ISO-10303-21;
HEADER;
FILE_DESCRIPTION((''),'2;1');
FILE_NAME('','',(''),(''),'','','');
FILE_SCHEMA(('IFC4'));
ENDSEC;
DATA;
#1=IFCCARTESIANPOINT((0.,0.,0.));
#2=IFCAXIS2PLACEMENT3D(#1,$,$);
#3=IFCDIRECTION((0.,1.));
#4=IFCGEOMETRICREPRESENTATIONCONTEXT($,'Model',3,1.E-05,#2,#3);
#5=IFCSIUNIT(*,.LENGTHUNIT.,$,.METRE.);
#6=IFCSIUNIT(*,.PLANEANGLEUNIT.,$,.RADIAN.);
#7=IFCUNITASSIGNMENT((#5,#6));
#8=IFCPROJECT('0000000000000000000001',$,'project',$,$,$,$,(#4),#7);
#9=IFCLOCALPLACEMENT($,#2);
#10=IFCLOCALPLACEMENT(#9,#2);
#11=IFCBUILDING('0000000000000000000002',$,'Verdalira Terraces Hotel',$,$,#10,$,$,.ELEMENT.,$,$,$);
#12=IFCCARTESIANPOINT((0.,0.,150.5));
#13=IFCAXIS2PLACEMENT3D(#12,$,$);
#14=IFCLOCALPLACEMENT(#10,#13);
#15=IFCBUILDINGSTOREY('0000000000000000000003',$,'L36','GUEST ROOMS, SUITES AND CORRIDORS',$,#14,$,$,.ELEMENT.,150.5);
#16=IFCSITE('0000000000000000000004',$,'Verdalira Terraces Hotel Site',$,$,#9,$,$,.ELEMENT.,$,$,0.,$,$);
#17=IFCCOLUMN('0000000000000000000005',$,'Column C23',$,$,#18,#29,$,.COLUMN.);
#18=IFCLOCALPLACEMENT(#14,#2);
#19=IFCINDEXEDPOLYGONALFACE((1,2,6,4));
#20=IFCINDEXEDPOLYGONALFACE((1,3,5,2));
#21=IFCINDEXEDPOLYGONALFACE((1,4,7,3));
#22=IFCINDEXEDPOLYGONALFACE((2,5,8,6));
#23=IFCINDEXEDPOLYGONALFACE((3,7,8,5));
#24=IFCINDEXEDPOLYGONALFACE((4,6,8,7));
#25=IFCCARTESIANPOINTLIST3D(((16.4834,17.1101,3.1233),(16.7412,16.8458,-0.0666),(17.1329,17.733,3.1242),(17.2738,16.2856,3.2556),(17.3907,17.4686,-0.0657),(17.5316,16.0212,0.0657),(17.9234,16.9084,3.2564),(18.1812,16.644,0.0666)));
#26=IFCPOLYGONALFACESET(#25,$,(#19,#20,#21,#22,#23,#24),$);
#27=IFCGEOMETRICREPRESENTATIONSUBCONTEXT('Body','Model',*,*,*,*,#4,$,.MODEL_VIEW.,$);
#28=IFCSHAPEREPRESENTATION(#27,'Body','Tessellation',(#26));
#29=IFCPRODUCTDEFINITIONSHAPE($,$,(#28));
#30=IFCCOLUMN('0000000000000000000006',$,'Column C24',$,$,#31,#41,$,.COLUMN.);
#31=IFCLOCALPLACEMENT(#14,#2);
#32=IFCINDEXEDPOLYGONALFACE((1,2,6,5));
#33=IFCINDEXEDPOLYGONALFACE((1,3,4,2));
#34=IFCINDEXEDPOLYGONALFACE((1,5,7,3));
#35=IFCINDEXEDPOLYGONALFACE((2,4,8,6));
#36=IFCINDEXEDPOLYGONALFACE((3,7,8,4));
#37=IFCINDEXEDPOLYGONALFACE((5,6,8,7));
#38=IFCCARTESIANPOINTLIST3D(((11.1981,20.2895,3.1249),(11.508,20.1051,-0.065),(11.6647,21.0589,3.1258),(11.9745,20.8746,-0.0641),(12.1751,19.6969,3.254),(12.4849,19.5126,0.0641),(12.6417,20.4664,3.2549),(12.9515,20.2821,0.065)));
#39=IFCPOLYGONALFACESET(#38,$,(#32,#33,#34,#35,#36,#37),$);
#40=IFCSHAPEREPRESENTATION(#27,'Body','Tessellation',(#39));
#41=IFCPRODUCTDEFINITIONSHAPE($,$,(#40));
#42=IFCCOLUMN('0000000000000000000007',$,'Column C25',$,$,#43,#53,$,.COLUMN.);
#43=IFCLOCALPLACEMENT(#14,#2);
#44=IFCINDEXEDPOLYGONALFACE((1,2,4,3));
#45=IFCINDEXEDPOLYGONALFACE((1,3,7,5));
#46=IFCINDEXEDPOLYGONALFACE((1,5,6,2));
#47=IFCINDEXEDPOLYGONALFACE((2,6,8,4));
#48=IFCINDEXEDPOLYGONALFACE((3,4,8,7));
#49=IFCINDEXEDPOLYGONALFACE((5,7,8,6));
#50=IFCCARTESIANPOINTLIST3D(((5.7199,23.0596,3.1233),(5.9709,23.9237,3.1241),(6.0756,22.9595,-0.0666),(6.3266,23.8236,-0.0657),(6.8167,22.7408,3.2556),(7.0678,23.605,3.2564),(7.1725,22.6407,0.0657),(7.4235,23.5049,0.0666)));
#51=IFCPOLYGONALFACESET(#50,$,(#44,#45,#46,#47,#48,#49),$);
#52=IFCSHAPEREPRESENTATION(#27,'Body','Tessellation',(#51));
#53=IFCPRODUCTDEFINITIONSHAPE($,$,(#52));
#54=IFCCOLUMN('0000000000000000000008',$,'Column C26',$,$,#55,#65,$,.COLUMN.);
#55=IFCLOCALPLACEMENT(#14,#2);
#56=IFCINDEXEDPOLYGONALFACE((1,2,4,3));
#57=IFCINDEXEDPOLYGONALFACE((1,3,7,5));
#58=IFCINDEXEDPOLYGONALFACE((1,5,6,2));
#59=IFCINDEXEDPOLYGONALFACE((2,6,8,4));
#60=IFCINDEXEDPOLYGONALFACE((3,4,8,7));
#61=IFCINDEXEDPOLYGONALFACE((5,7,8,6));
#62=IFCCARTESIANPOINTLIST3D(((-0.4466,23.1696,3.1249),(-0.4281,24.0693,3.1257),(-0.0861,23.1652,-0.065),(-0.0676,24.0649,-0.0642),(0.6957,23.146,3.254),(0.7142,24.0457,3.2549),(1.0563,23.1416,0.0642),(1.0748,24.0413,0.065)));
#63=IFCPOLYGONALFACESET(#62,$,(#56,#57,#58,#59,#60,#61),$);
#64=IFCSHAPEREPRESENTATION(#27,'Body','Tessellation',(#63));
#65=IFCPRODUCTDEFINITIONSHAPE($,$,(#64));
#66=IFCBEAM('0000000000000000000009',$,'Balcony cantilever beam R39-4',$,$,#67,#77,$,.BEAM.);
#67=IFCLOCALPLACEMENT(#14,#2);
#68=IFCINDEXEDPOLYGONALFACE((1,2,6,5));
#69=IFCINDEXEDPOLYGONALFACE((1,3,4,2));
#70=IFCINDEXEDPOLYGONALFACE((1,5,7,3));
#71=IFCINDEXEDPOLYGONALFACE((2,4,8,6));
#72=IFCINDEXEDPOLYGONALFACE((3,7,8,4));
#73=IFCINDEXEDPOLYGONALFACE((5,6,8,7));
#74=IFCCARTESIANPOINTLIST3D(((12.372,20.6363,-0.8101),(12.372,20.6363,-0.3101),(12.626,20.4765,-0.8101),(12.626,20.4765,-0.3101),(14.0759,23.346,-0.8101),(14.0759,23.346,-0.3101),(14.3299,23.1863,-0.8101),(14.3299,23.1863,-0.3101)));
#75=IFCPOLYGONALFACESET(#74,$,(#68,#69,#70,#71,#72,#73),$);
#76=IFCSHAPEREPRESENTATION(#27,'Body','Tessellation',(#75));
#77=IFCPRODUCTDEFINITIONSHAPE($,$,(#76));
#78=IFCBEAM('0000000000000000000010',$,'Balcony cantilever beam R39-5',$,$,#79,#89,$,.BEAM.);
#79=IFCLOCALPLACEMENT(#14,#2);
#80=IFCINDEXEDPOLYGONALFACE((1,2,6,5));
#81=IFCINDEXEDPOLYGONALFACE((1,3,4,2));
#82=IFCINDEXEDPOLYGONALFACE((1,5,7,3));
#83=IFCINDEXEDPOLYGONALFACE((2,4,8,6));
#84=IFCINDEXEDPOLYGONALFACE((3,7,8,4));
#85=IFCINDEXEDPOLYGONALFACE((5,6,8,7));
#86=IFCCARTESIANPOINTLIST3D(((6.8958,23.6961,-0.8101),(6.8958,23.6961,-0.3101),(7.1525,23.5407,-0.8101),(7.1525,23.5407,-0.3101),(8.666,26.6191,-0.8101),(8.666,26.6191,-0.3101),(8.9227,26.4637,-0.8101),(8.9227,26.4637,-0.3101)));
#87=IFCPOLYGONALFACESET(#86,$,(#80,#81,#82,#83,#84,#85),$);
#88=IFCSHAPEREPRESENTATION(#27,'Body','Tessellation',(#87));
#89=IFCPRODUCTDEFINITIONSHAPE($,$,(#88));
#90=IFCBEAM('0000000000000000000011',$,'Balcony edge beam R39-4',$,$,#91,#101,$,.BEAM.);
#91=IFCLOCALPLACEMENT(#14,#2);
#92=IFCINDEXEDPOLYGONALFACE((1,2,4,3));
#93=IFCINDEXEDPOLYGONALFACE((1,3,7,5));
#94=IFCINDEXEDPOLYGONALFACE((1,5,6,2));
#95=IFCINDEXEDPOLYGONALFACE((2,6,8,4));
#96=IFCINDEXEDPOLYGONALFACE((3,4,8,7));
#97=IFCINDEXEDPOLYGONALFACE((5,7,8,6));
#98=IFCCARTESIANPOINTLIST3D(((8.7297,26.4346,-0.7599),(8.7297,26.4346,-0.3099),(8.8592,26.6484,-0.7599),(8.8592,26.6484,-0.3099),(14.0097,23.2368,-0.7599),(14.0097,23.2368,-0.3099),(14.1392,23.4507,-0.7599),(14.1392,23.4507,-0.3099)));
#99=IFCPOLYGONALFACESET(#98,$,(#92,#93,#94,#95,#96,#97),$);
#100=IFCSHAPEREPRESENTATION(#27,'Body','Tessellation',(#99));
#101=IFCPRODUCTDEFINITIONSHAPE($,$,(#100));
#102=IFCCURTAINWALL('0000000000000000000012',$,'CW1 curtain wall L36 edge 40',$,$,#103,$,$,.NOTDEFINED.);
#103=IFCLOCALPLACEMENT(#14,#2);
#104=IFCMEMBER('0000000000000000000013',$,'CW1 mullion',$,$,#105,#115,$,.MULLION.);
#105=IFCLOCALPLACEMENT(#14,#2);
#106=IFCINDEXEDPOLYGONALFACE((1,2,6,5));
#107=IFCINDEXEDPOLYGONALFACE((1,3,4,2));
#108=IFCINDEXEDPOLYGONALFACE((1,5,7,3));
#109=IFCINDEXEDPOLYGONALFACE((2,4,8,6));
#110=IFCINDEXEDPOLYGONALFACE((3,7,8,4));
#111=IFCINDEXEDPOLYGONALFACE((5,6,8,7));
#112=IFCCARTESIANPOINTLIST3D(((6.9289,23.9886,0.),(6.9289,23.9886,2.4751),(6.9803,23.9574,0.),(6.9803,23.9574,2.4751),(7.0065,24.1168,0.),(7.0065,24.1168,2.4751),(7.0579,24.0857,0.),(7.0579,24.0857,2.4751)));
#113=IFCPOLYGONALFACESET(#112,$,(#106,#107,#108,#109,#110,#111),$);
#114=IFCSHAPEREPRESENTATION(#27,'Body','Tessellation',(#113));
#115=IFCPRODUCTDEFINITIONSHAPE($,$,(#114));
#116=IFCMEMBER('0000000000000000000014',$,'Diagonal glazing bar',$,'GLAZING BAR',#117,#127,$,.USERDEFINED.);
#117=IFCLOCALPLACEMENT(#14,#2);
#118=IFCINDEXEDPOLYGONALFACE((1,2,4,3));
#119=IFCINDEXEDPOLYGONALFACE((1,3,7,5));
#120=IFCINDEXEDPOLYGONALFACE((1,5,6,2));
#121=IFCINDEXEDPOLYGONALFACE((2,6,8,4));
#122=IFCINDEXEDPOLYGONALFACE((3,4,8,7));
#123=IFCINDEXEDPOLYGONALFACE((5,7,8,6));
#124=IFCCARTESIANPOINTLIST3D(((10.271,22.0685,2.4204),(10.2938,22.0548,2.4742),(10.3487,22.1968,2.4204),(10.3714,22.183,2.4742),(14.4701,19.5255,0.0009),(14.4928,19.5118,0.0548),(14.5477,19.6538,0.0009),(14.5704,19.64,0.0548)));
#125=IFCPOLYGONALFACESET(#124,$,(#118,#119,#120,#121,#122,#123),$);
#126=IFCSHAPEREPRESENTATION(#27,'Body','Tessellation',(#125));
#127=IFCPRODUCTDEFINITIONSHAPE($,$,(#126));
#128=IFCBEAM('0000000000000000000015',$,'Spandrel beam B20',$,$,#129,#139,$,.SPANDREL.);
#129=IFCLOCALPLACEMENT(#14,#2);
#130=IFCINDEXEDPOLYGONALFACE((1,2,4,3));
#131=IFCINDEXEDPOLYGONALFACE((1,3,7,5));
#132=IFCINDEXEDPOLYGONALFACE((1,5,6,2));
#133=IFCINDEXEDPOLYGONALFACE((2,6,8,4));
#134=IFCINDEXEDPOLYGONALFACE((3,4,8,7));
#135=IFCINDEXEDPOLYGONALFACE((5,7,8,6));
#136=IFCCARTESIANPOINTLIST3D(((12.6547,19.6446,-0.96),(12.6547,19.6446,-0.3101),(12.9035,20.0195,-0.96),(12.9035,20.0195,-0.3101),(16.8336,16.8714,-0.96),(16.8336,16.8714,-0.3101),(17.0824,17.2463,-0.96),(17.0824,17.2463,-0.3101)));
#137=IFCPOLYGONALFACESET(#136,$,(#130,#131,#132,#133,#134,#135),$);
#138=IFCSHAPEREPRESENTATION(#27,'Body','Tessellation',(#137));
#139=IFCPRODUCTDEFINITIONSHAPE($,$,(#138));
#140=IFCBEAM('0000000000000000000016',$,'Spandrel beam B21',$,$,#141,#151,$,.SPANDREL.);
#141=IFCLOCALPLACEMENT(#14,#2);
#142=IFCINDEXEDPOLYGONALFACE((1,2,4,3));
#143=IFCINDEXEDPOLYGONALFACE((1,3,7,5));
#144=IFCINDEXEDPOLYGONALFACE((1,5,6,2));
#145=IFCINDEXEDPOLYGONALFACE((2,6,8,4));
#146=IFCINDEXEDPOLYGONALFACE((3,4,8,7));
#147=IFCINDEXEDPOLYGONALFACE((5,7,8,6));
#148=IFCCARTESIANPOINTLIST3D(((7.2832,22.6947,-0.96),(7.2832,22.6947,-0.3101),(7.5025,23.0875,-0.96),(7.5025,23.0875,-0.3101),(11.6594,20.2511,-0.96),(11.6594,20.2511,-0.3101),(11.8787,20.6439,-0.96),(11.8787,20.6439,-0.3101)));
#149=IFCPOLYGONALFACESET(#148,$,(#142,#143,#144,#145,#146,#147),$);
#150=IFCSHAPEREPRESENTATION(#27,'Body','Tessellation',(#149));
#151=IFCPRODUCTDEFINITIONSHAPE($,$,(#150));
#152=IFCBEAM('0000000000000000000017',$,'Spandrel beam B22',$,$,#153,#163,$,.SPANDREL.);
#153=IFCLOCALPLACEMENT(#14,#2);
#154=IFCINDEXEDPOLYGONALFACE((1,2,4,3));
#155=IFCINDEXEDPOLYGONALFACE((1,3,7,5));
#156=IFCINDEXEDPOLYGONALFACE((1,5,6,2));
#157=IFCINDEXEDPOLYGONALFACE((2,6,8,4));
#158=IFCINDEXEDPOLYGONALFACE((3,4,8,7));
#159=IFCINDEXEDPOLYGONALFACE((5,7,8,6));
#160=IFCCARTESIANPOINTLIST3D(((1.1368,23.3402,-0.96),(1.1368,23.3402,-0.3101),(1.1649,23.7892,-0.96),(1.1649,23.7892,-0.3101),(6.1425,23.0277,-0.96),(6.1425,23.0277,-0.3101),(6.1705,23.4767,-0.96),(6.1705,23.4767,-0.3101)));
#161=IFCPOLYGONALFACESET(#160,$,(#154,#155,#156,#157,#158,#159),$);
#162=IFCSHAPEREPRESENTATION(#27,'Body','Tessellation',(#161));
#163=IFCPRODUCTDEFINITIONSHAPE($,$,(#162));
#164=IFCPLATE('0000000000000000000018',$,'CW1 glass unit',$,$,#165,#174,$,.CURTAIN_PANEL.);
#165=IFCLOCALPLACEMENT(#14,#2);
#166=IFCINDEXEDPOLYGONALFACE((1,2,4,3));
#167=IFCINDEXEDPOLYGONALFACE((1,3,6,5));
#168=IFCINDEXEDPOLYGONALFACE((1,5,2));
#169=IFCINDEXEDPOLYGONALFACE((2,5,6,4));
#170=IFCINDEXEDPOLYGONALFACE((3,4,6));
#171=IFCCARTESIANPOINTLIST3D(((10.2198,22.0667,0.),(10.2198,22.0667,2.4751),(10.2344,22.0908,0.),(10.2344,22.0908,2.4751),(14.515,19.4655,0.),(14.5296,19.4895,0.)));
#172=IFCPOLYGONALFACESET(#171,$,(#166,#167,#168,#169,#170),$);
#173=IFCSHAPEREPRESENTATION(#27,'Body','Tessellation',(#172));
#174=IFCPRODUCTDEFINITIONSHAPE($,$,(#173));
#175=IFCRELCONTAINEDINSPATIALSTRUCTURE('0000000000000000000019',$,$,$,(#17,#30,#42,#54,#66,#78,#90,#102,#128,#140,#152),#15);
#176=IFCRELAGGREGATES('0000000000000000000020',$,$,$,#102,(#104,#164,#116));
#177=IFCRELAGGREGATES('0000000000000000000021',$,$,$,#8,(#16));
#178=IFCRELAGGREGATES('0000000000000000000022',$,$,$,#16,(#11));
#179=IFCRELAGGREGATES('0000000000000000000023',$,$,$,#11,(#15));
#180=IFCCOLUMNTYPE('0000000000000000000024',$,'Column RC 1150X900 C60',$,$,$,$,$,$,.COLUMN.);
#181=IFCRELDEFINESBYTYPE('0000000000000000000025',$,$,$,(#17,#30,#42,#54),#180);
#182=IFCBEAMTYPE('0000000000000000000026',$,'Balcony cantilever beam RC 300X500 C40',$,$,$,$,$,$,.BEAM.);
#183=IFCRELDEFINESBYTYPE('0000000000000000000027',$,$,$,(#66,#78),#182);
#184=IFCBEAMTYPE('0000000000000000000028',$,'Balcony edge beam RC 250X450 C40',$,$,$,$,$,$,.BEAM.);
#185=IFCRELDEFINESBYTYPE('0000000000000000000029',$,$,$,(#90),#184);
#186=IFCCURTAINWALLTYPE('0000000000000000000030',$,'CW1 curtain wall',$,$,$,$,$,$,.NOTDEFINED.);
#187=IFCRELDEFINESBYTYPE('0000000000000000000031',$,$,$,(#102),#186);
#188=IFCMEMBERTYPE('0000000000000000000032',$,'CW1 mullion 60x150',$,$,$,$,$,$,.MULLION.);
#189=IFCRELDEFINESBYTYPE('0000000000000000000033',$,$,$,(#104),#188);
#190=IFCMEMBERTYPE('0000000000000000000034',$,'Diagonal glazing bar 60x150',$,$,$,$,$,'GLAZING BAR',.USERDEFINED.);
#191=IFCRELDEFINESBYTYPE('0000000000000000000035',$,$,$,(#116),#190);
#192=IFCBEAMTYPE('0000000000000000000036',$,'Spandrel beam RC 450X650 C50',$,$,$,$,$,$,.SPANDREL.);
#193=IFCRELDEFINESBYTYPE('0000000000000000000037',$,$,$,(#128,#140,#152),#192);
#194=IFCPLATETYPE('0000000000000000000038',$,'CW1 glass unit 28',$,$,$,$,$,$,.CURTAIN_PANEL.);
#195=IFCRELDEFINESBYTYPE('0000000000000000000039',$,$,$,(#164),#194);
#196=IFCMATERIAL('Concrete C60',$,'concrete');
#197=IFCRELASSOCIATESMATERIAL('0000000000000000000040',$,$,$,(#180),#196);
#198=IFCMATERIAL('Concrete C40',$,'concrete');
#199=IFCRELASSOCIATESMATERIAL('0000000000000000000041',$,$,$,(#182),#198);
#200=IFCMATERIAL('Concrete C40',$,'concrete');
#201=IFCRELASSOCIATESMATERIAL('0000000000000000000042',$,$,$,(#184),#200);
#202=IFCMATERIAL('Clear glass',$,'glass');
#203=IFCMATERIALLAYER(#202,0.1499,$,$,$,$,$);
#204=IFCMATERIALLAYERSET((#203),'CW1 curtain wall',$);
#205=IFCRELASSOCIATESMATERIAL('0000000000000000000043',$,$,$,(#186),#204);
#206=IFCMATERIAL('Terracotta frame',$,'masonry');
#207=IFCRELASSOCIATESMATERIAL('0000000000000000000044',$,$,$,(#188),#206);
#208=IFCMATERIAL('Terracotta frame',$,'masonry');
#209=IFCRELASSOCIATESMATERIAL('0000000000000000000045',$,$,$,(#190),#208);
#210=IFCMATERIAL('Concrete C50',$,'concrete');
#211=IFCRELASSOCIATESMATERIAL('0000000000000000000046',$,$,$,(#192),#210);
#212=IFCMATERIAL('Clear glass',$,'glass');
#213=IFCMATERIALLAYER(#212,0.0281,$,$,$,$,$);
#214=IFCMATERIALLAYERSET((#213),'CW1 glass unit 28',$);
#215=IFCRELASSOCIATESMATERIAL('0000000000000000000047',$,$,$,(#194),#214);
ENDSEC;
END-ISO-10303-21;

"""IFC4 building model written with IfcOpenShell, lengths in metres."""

from ifc_helpers import new_model, si_unit, direction, frame, origin, origin_2d, place, context, subcontext, project, spatial, polyline, rectangle, outline, extrude, material, layer, layer_set, material_profile, profile_set, type_object, element, aggregate, save


model = new_model("IFC4")

# Units and contexts
model_context = context("Model", 3, precision=1e-05, world=origin(), true_north=direction((0.0, 1.0)))
body_context = subcontext(model_context, "Body", "Model", "MODEL_VIEW")
ifc_project = project(units=[si_unit("LENGTHUNIT", "METRE"), si_unit("PLANEANGLEUNIT", "RADIAN")], contexts=[model_context])

# Site, building, storey
site_placement = place(None, origin())
site = spatial("IfcSite", under=ifc_project, at=site_placement, Name="Verdalira Terraces Hotel Site", CompositionType="ELEMENT", RefElevation=0.0)
building_placement = place(site_placement, origin())
building = spatial("IfcBuilding", under=site, at=building_placement, Name="Verdalira Terraces Hotel", CompositionType="ELEMENT")
storey_placement = place(building_placement, frame((0.0, 0.0, 150.5)))
storey = spatial("IfcBuildingStorey", under=building, at=storey_placement, Name="L36", Description="GUEST ROOMS, SUITES AND CORRIDORS", CompositionType="ELEMENT", Elevation=150.5)

# Columns
ifc_material_1 = material(Name="Concrete C60", Category="concrete")
ifc_material_profile_1 = material_profile(ifc_material_1, rectangle(XDim=1.1499, YDim=0.8999, at=origin_2d()), Name="RC 1150X900")
ifc_profile_set_1 = profile_set([ifc_material_profile_1], Name="Concrete C60")
column_type = type_object("IfcColumnType", Name="Column RC 1150X900 C60", PredefinedType="COLUMN", material=ifc_profile_set_1)
column_1_placement = place(storey_placement, frame((17.4612, 16.7449, 0.0), z_axis=(-0.080284, 0.082337, 0.993366), x_axis=(0.687431, -0.717087, 0.114996)))
element("IfcColumn", 1, at=column_1_placement, inside=storey, type_object=column_type, Name="Column C23", PredefinedType="COLUMN", context=body_context, shape_type="SweptSolid", body=[
    extrude(rectangle(XDim=1.1499, YDim=0.8999, at=origin_2d()), origin(), (0.0, 0.0, 1.0), 3.2112),
])
column_2_placement = place(storey_placement, frame((12.2297, 20.1936, 0.0), z_axis=(-0.096508, 0.057418, 0.993675), x_axis=(-0.849622, 0.515299, -0.112293)))
element("IfcColumn", 2, at=column_2_placement, inside=storey, type_object=column_type, Name="Column C24", PredefinedType="COLUMN", context=body_context, shape_type="SweptSolid", body=[
    extrude(rectangle(XDim=1.1499, YDim=0.8999, at=origin_2d()), origin(), (0.0, 0.0, 1.0), 3.2102),
])
column_3_placement = place(storey_placement, frame((6.7495, 23.2322, 0.0), z_axis=(-0.11077, 0.031171, 0.993357), x_axis=(0.9539, -0.277189, 0.115068)))
element("IfcColumn", 3, at=column_3_placement, inside=storey, type_object=column_type, Name="Column C25", PredefinedType="COLUMN", context=body_context, shape_type="SweptSolid", body=[
    extrude(rectangle(XDim=1.1499, YDim=0.8999, at=origin_2d()), origin(), (0.0, 0.0, 1.0), 3.2112),
])
column_4_placement = place(storey_placement, frame((0.4944, 23.6033, 0.0), z_axis=(-0.112326, 0.001369, 0.99367), x_axis=(-0.993459, 0.020539, -0.11233)))
element("IfcColumn", 4, at=column_4_placement, inside=storey, type_object=column_type, Name="Column C26", PredefinedType="COLUMN", context=body_context, shape_type="SweptSolid", body=[
    extrude(rectangle(XDim=1.1499, YDim=0.8999, at=origin_2d()), origin(), (0.0, 0.0, 1.0), 3.2102),
])

# Beams
ifc_material_2 = material(Name="Concrete C40", Category="concrete")
ifc_material_profile_2 = material_profile(ifc_material_2, rectangle(XDim=0.3, YDim=0.5, at=origin_2d()), Name="RC 300X500")
ifc_profile_set_2 = profile_set([ifc_material_profile_2], Name="Concrete C40")
beam_type_1 = type_object("IfcBeamType", Name="Balcony cantilever beam RC 300X500 C40", PredefinedType="BEAM", material=ifc_profile_set_2)
beam_1_placement = place(storey_placement, frame((12.499, 20.5564, -0.5601), z_axis=(0.532307, 0.846551, 0.0), x_axis=(-0.846551, 0.532307, 0.0)))
element("IfcBeam", 5, at=beam_1_placement, inside=storey, type_object=beam_type_1, Name="Balcony cantilever beam R39-4", PredefinedType="BEAM", context=body_context, shape_type="SweptSolid", body=[
    extrude(rectangle(XDim=0.3, YDim=0.5, at=origin_2d()), origin(), (0.0, 0.0, 1.0), 3.2009),
])
beam_2_placement = place(storey_placement, frame((7.0242, 23.6184, -0.5601), z_axis=(0.518021, 0.855368, 0.0), x_axis=(-0.855368, 0.518021, 0.0)))
element("IfcBeam", 6, at=beam_2_placement, inside=storey, type_object=beam_type_1, Name="Balcony cantilever beam R39-5", PredefinedType="BEAM", context=body_context, shape_type="SweptSolid", body=[
    extrude(rectangle(XDim=0.3, YDim=0.5, at=origin_2d()), origin(), (0.0, 0.0, 1.0), 3.4172),
])
ifc_material_3 = material(Name="Concrete C40", Category="concrete")
ifc_material_profile_3 = material_profile(ifc_material_3, rectangle(XDim=0.25, YDim=0.45, at=origin_2d()), Name="RC 250X450")
ifc_profile_set_3 = profile_set([ifc_material_profile_3], Name="Concrete C40")
beam_type_2 = type_object("IfcBeamType", Name="Balcony edge beam RC 250X450 C40", PredefinedType="BEAM", material=ifc_profile_set_3)
beam_3_placement = place(storey_placement, frame((14.0745, 23.3438, -0.5349), z_axis=(-0.85536, 0.518033, 0.0), x_axis=(-0.518033, -0.85536, 0.0)))
element("IfcBeam", 7, at=beam_3_placement, inside=storey, type_object=beam_type_2, Name="Balcony edge beam R39-4", PredefinedType="BEAM", context=body_context, shape_type="SweptSolid", body=[
    extrude(rectangle(XDim=0.25, YDim=0.45, at=origin_2d()), origin(), (0.0, 0.0, 1.0), 6.1729),
])

# Curtain wall, members
ifc_material_4 = material(Name="Clear glass", Category="glass")
ifc_layer_1 = layer(ifc_material_4, 0.1499)
ifc_layer_set_1 = layer_set([ifc_layer_1], Name="CW1 curtain wall")
curtain_wall_type = type_object("IfcCurtainWallType", Name="CW1 curtain wall", PredefinedType="NOTDEFINED", material=ifc_layer_set_1)
curtain_wall_placement = place(storey_placement, origin())
curtain_wall = element("IfcCurtainWall", 8, at=curtain_wall_placement, inside=storey, type_object=curtain_wall_type, Name="CW1 curtain wall L36 edge 40", PredefinedType="NOTDEFINED")
ifc_material_5 = material(Name="Terracotta frame", Category="masonry")
ifc_material_profile_4 = material_profile(ifc_material_5, rectangle(XDim=0.0601, YDim=0.1499, at=origin_2d()), Name="MU 60x150")
ifc_profile_set_4 = profile_set([ifc_material_profile_4], Name="Terracotta frame")
member_type_1 = type_object("IfcMemberType", Name="CW1 mullion 60x150", PredefinedType="MULLION", material=ifc_profile_set_4)
member_1_placement = place(storey_placement, frame((6.9934, 24.0371, 0.0), z_axis=(0.0, 0.0, 1.0), x_axis=(-0.855364, 0.518027, 0.0)))
member_1 = element("IfcMember", 9, at=member_1_placement, type_object=member_type_1, Name="CW1 mullion", PredefinedType="MULLION", context=body_context, shape_type="SweptSolid", body=[
    extrude(rectangle(XDim=0.0601, YDim=0.1499, at=origin_2d()), origin(), (0.0, 0.0, 1.0), 2.4751),
])
ifc_material_6 = material(Name="Terracotta frame", Category="masonry")
ifc_material_profile_5 = material_profile(ifc_material_6, rectangle(XDim=0.1499, YDim=0.0601, at=origin_2d()), Name="GB 60x150")
ifc_profile_set_5 = profile_set([ifc_material_profile_5], Name="Terracotta frame")
member_type_2 = type_object("IfcMemberType", Name="Diagonal glazing bar 60x150", ElementType="GLAZING BAR", PredefinedType="USERDEFINED", material=ifc_profile_set_5)
member_2_placement = place(storey_placement, frame((14.5203, 19.5828, 0.0278), z_axis=(-0.767242, 0.464654, 0.442082), x_axis=(-0.518024, -0.855366, 0.0)))
member_2 = element("IfcMember", 10, at=member_2_placement, type_object=member_type_2, Name="Diagonal glazing bar", ObjectType="GLAZING BAR", PredefinedType="USERDEFINED", context=body_context, shape_type="SweptSolid", body=[
    extrude(rectangle(XDim=0.1499, YDim=0.0601, at=origin_2d()), origin(), (0.0, 0.0, 1.0), 5.4729),
])

# Beams
ifc_material_7 = material(Name="Concrete C50", Category="concrete")
ifc_material_profile_6 = material_profile(ifc_material_7, rectangle(XDim=0.45, YDim=0.6499, at=origin_2d()), Name="RC 450X650")
ifc_profile_set_6 = profile_set([ifc_material_profile_6], Name="Concrete C50")
beam_type_3 = type_object("IfcBeamType", Name="Spandrel beam RC 450X650 C50", PredefinedType="SPANDREL", material=ifc_profile_set_6)
beam_4_placement = place(storey_placement, frame((16.958, 17.0588, -0.635), z_axis=(-0.833224, 0.552935, 0.0), x_axis=(-0.552935, -0.833224, 0.0)))
element("IfcBeam", 11, at=beam_4_placement, inside=storey, type_object=beam_type_3, Name="Spandrel beam B20", PredefinedType="SPANDREL", context=body_context, shape_type="SweptSolid", body=[
    extrude(rectangle(XDim=0.45, YDim=0.6499, at=origin_2d()), origin(), (0.0, 0.0, 1.0), 5.0154),
])
beam_5_placement = place(storey_placement, frame((11.769, 20.4475, -0.635), z_axis=(-0.873108, 0.487528, 0.0), x_axis=(-0.487528, -0.873108, 0.0)))
element("IfcBeam", 12, at=beam_5_placement, inside=storey, type_object=beam_type_3, Name="Spandrel beam B21", PredefinedType="SPANDREL", context=body_context, shape_type="SweptSolid", body=[
    extrude(rectangle(XDim=0.45, YDim=0.6499, at=origin_2d()), origin(), (0.0, 0.0, 1.0), 5.0122),
])
beam_6_placement = place(storey_placement, frame((6.1565, 23.2522, -0.635), z_axis=(-0.998057, 0.062309, 0.0), x_axis=(-0.062309, -0.998057, 0.0)))
element("IfcBeam", 13, at=beam_6_placement, inside=storey, type_object=beam_type_3, Name="Spandrel beam B22", PredefinedType="SPANDREL", context=body_context, shape_type="SweptSolid", body=[
    extrude(rectangle(XDim=0.45, YDim=0.6499, at=origin_2d()), origin(), (0.0, 0.0, 1.0), 5.0154),
])

# Plate
ifc_material_8 = material(Name="Clear glass", Category="glass")
ifc_layer_2 = layer(ifc_material_8, 0.0281)
ifc_layer_set_2 = layer_set([ifc_layer_2], Name="CW1 glass unit 28")
plate_type = type_object("IfcPlateType", Name="CW1 glass unit 28", PredefinedType="CURTAIN_PANEL", material=ifc_layer_set_2)
plate_1_placement = place(storey_placement, frame((12.3674, 20.7661, 1.2375), z_axis=(0.518027, 0.855364, 0.0), x_axis=(-0.855364, 0.518027, 0.0)))
plate_1 = element("IfcPlate", 14, at=plate_1_placement, type_object=plate_type, Name="CW1 glass unit", PredefinedType="CURTAIN_PANEL", context=body_context, shape_type="SweptSolid", body=[
    extrude(outline(polyline([(-2.5107, -1.2375), (2.5107, -1.2375), (2.5107, 1.2375), (-2.5107, -1.2375)])), origin(), (0.0, 0.0, 1.0), 0.0281),
])
aggregate(curtain_wall, [member_1, plate_1, member_2])

save(model, "model.ifc")
